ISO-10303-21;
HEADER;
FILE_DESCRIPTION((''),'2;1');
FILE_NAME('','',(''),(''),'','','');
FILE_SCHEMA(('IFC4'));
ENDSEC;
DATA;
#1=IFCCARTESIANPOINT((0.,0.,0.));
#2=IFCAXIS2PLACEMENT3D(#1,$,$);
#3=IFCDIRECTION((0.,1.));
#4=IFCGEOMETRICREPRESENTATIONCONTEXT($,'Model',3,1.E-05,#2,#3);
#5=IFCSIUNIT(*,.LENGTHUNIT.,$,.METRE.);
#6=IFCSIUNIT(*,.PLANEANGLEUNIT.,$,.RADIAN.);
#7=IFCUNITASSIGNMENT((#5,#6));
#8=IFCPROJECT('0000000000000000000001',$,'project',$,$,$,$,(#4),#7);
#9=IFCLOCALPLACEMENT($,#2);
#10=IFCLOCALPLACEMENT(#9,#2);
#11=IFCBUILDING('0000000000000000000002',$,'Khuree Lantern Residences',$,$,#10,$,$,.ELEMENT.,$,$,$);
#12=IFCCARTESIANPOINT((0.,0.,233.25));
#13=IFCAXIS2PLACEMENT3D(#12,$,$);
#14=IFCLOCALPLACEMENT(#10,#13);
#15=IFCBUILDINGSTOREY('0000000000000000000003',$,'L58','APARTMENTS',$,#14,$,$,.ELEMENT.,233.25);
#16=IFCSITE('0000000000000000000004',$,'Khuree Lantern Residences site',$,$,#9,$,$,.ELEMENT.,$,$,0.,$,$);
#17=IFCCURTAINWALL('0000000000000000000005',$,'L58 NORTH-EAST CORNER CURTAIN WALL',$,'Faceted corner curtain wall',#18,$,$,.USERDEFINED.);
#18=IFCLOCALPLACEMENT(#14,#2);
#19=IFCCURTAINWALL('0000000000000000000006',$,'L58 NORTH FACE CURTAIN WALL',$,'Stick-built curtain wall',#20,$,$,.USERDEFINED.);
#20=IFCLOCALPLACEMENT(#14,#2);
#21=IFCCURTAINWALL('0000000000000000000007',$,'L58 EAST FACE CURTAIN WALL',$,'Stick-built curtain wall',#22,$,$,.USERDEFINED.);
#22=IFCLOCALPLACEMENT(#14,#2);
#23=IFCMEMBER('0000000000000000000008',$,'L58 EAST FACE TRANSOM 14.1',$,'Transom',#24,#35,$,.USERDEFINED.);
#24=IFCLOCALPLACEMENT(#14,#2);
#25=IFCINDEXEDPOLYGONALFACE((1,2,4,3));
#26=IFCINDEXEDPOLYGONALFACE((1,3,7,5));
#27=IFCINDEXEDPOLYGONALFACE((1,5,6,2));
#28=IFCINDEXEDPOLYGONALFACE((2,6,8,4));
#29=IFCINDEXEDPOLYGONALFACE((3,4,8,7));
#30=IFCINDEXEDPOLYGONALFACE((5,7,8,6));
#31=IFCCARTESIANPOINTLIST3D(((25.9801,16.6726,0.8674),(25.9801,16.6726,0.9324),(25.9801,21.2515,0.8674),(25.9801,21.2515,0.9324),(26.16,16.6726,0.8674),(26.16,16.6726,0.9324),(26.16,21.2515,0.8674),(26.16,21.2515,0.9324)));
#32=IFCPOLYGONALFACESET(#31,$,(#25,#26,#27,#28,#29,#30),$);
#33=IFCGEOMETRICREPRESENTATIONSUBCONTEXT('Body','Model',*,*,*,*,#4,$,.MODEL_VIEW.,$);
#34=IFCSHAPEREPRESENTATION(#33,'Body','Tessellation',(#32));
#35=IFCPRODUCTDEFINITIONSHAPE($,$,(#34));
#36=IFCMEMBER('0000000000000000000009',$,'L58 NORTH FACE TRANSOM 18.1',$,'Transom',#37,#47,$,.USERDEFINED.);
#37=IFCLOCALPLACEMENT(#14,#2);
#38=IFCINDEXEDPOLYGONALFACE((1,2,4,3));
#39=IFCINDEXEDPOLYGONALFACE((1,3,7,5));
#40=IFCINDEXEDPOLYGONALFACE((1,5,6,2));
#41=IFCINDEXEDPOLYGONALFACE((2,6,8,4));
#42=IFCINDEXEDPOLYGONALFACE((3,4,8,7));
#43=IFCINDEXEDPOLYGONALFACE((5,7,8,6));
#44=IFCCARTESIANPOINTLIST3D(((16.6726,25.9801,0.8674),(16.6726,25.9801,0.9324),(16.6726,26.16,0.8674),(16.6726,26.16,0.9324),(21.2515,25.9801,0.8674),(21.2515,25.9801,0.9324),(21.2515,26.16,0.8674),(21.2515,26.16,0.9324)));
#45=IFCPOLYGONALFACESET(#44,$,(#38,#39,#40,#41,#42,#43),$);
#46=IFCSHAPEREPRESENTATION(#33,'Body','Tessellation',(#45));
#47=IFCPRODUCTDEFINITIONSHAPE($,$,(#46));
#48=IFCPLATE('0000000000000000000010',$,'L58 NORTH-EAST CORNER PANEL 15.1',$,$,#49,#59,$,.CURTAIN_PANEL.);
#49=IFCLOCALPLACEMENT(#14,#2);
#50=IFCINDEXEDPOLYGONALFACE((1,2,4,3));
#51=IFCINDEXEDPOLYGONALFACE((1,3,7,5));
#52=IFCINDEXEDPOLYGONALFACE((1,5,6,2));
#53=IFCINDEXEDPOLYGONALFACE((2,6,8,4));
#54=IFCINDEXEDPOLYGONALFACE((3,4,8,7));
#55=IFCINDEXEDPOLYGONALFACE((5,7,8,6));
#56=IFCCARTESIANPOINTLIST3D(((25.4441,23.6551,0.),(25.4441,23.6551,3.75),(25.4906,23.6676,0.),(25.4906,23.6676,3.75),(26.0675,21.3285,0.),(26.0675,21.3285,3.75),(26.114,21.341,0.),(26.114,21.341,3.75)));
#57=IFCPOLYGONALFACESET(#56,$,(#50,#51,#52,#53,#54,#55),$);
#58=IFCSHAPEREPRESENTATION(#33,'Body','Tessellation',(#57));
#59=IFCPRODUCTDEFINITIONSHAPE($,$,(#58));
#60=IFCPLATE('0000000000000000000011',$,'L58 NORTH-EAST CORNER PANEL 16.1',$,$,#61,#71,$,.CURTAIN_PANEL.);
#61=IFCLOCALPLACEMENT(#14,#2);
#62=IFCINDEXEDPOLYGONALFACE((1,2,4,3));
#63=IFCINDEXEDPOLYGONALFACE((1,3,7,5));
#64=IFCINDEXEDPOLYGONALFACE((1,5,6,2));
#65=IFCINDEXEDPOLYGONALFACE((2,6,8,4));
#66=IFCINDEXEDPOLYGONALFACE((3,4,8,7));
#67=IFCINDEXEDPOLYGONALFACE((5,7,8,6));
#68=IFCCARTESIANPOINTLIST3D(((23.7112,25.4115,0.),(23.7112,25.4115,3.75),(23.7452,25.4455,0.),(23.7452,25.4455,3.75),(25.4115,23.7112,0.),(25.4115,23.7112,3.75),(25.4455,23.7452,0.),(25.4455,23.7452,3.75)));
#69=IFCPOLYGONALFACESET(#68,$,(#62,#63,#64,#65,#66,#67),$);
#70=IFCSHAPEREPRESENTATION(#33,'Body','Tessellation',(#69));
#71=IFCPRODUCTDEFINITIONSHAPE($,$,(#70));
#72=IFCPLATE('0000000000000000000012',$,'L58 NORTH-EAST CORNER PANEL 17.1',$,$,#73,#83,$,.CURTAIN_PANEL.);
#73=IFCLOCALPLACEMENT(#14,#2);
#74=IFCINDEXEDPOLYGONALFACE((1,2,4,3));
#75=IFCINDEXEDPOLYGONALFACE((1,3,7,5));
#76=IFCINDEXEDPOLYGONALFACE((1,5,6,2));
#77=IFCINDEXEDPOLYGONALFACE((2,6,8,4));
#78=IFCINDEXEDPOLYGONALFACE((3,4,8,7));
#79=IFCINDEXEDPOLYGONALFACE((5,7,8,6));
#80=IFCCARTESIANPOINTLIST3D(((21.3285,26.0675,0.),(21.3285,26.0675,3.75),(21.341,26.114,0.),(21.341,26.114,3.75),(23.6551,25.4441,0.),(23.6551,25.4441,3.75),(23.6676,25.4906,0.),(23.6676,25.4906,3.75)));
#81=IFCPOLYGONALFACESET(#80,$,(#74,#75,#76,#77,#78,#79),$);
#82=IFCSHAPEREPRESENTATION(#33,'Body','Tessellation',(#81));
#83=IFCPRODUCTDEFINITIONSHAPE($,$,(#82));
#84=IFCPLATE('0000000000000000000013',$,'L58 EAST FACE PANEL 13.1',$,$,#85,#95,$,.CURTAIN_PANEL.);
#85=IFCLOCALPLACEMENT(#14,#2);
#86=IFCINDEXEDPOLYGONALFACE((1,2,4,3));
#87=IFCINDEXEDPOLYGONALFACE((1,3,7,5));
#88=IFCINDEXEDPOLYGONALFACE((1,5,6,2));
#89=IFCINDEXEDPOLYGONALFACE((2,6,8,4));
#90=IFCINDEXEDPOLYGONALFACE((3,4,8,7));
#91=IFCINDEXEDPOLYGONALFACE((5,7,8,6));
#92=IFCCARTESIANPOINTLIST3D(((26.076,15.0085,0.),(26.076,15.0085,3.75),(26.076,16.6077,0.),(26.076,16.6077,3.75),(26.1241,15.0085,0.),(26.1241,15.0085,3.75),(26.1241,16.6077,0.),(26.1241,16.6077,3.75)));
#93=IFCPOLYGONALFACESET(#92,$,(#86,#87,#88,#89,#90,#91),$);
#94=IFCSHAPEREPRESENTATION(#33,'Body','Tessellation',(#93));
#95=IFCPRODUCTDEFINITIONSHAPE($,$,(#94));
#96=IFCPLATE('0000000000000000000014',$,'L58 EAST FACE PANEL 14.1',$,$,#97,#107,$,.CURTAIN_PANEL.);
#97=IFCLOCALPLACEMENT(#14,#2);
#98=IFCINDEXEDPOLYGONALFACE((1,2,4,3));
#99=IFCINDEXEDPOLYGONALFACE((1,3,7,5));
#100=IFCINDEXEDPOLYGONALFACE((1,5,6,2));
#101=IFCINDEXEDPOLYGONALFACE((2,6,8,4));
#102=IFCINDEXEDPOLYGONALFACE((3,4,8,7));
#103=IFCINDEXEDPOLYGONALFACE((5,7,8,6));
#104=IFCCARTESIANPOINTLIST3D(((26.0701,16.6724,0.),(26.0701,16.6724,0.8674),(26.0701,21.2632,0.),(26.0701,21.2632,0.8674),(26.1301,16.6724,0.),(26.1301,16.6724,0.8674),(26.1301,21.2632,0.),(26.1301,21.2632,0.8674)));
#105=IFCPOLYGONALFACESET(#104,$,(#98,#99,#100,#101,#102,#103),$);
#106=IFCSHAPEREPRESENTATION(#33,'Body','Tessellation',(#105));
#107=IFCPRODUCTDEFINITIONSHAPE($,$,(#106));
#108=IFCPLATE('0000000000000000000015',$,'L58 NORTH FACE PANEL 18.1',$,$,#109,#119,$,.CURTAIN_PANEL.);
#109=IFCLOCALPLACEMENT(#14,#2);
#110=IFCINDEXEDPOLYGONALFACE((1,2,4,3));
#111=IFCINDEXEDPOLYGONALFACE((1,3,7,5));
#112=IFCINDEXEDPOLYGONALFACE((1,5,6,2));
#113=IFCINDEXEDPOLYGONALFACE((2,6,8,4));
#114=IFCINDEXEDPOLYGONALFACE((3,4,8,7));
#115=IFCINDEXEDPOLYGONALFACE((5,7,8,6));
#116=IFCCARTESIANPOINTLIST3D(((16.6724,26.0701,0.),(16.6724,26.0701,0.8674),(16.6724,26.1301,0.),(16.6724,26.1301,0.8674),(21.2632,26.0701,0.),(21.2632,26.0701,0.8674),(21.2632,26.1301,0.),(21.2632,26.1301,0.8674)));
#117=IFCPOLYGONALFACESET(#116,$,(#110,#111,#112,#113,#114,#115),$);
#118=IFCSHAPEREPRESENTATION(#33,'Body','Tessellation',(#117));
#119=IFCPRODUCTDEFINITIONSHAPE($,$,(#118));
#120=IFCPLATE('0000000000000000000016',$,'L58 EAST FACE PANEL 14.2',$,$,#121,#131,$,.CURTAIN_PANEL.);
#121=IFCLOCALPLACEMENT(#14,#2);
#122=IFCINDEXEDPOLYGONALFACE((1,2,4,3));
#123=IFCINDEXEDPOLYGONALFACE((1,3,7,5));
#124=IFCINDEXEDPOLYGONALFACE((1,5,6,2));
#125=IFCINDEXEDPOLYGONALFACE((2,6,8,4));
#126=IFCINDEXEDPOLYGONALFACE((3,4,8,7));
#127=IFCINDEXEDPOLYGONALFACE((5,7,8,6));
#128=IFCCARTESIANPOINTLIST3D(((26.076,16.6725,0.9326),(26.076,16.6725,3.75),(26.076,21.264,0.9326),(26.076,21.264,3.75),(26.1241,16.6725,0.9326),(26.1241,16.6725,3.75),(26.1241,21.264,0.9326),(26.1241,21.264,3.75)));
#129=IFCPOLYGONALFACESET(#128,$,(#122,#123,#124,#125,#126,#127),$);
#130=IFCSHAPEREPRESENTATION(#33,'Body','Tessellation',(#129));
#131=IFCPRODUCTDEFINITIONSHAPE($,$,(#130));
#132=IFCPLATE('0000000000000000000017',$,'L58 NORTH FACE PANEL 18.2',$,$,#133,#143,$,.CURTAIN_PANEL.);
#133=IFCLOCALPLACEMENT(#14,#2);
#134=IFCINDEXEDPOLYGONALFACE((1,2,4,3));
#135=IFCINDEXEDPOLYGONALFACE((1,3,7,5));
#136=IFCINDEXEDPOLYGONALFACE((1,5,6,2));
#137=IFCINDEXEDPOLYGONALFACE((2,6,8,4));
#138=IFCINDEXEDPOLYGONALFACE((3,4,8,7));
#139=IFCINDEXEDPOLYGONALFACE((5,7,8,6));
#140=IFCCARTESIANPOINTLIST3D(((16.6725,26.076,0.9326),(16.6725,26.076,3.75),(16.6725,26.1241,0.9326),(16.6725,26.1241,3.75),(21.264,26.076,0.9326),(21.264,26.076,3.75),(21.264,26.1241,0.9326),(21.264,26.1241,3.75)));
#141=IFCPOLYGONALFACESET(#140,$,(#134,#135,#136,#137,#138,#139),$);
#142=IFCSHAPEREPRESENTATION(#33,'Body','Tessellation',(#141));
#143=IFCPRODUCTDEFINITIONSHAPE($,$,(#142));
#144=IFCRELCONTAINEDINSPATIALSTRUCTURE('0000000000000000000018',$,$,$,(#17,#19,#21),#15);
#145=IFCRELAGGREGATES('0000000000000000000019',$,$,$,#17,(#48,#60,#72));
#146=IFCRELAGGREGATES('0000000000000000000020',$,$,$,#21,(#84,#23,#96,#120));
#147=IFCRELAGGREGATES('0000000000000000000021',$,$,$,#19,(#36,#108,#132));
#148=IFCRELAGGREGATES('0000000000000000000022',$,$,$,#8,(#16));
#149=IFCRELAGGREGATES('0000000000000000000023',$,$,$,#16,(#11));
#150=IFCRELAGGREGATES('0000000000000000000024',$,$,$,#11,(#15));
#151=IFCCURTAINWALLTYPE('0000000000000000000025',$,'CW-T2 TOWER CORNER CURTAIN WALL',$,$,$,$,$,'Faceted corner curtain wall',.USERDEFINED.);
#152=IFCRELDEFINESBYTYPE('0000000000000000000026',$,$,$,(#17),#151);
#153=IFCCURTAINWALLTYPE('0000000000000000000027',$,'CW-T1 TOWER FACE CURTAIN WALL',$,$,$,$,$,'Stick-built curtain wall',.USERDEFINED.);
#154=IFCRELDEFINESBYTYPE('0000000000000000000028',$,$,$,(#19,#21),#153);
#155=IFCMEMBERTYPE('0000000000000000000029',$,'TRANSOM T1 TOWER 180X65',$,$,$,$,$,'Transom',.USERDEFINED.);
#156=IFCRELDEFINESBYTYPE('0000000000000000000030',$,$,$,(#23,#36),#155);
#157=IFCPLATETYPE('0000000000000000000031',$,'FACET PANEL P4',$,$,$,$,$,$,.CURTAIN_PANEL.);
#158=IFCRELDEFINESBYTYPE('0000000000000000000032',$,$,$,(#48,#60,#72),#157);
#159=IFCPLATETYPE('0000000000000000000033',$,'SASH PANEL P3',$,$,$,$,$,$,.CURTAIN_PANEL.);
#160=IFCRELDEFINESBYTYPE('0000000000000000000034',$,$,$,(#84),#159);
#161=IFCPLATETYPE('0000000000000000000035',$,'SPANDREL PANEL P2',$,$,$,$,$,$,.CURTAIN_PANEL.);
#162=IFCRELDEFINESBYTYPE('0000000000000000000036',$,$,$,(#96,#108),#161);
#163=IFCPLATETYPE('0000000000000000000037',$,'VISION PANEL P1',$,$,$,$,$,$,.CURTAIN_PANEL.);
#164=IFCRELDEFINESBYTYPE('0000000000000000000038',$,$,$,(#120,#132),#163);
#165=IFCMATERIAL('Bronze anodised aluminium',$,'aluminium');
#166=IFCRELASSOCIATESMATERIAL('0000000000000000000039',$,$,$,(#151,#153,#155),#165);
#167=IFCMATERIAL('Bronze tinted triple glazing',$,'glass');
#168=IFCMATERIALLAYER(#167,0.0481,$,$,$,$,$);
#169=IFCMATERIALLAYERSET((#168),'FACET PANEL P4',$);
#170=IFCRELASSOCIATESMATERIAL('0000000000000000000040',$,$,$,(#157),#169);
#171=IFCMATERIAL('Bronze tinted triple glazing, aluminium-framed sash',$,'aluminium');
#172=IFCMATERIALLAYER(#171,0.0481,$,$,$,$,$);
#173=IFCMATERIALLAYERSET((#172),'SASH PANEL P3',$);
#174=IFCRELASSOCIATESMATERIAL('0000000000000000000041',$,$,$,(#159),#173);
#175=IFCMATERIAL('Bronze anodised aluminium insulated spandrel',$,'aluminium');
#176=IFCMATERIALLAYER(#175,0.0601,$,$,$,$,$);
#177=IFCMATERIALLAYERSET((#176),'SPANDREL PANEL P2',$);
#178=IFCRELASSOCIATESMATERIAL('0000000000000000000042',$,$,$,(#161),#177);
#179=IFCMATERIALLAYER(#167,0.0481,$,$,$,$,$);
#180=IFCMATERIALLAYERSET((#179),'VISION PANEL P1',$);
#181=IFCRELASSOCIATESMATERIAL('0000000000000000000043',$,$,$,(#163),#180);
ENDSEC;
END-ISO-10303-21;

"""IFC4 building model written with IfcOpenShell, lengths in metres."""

from ifc_helpers import new_model, si_unit, direction, frame, origin, origin_2d, place, context, subcontext, project, spatial, rectangle, extrude, material, layer, layer_set, material_profile, profile_set, type_object, element, aggregate, save


model = new_model("IFC4")

# Units and contexts
model_context = context("Model", 3, precision=1e-05, world=origin(), true_north=direction((0.0, 1.0)))
body_context = subcontext(model_context, "Body", "Model", "MODEL_VIEW")
ifc_project = project(units=[si_unit("LENGTHUNIT", "METRE"), si_unit("PLANEANGLEUNIT", "RADIAN")], contexts=[model_context])

# Site, building, storey
site_placement = place(None, origin())
site = spatial("IfcSite", under=ifc_project, at=site_placement, Name="Khuree Lantern Residences site", CompositionType="ELEMENT", RefElevation=0.0)
building_placement = place(site_placement, origin())
building = spatial("IfcBuilding", under=site, at=building_placement, Name="Khuree Lantern Residences", CompositionType="ELEMENT")
storey_placement = place(building_placement, frame((0.0, 0.0, 233.25)))
storey = spatial("IfcBuildingStorey", under=building, at=storey_placement, Name="L58", Description="APARTMENTS", CompositionType="ELEMENT", Elevation=233.25)

# Curtain walls
ifc_material_1 = material(Name="Bronze anodised aluminium", Category="aluminium")
curtain_wall_type_1 = type_object("IfcCurtainWallType", Name="CW-T2 TOWER CORNER CURTAIN WALL", ElementType="Faceted corner curtain wall", PredefinedType="USERDEFINED", material=ifc_material_1)
curtain_wall_1_placement = place(storey_placement, origin())
curtain_wall_1 = element("IfcCurtainWall", 1, at=curtain_wall_1_placement, inside=storey, type_object=curtain_wall_type_1, Name="L58 NORTH-EAST CORNER CURTAIN WALL", ObjectType="Faceted corner curtain wall", PredefinedType="USERDEFINED")
curtain_wall_type_2 = type_object("IfcCurtainWallType", Name="CW-T1 TOWER FACE CURTAIN WALL", ElementType="Stick-built curtain wall", PredefinedType="USERDEFINED", material=ifc_material_1)
curtain_wall_2_placement = place(storey_placement, origin())
curtain_wall_2 = element("IfcCurtainWall", 2, at=curtain_wall_2_placement, inside=storey, type_object=curtain_wall_type_2, Name="L58 NORTH FACE CURTAIN WALL", ObjectType="Stick-built curtain wall", PredefinedType="USERDEFINED")

# Curtain wall
curtain_wall_3_placement = place(storey_placement, origin())
curtain_wall_3 = element("IfcCurtainWall", 3, at=curtain_wall_3_placement, inside=storey, type_object=curtain_wall_type_2, Name="L58 EAST FACE CURTAIN WALL", ObjectType="Stick-built curtain wall", PredefinedType="USERDEFINED")

# Members
ifc_material_profile_1 = material_profile(ifc_material_1, rectangle(XDim=0.1799, YDim=0.0649, at=origin_2d()), Name="T1 180X65")
ifc_profile_set_1 = profile_set([ifc_material_profile_1], Name="Bronze anodised aluminium")
member_type_1 = type_object("IfcMemberType", Name="TRANSOM T1 TOWER 180X65", ElementType="Transom", PredefinedType="USERDEFINED", material=ifc_profile_set_1)
member_1_placement = place(storey_placement, frame((26.0701, 16.6726, 0.8999), z_axis=(0.0, 1.0, 0.0), x_axis=(-1.0, 0.0, 0.0)))
member_1 = element("IfcMember", 4, at=member_1_placement, type_object=member_type_1, Name="L58 EAST FACE TRANSOM 14.1", ObjectType="Transom", PredefinedType="USERDEFINED", context=body_context, shape_type="SweptSolid", body=[
    extrude(rectangle(XDim=0.1799, YDim=0.0649, at=origin_2d()), origin(), (0.0, 0.0, 1.0), 4.5789),
])
member_2_placement = place(storey_placement, frame((21.2515, 26.0701, 0.8999), z_axis=(-1.0, 0.0, 0.0), x_axis=(0.0, -1.0, 0.0)))
member_2 = element("IfcMember", 5, at=member_2_placement, type_object=member_type_1, Name="L58 NORTH FACE TRANSOM 18.1", ObjectType="Transom", PredefinedType="USERDEFINED", context=body_context, shape_type="SweptSolid", body=[
    extrude(rectangle(XDim=0.1799, YDim=0.0649, at=origin_2d()), origin(), (0.0, 0.0, 1.0), 4.5789),
])

# Plates
ifc_material_2 = material(Name="Bronze tinted triple glazing", Category="glass")
ifc_layer_1 = layer(ifc_material_2, 0.0481)
ifc_layer_set_1 = layer_set([ifc_layer_1], Name="FACET PANEL P4")
plate_type_1 = type_object("IfcPlateType", Name="FACET PANEL P4", PredefinedType="CURTAIN_PANEL", material=ifc_layer_set_1)
plate_1_placement = place(storey_placement, frame((25.7791, 22.498, 0.0), z_axis=(0.0, 0.0, 1.0), x_axis=(-0.258819, 0.965926, 0.0)))
plate_1 = element("IfcPlate", 6, at=plate_1_placement, type_object=plate_type_1, Name="L58 NORTH-EAST CORNER PANEL 15.1", PredefinedType="CURTAIN_PANEL", context=body_context, shape_type="SweptSolid", body=[
    extrude(rectangle(XDim=2.4087, YDim=0.0481, at=origin_2d()), origin(), (0.0, 0.0, 1.0), 3.75),
])
plate_2_placement = place(storey_placement, frame((24.5784, 24.5784, 0.0), z_axis=(0.0, 0.0, 1.0), x_axis=(-0.707107, 0.707107, 0.0)))
plate_2 = element("IfcPlate", 7, at=plate_2_placement, type_object=plate_type_1, Name="L58 NORTH-EAST CORNER PANEL 16.1", PredefinedType="CURTAIN_PANEL", context=body_context, shape_type="SweptSolid", body=[
    extrude(rectangle(XDim=2.4045, YDim=0.0481, at=origin_2d()), origin(), (0.0, 0.0, 1.0), 3.75),
])
plate_3_placement = place(storey_placement, frame((22.498, 25.7791, 0.0), z_axis=(0.0, 0.0, 1.0), x_axis=(-0.965926, 0.258819, 0.0)))
plate_3 = element("IfcPlate", 8, at=plate_3_placement, type_object=plate_type_1, Name="L58 NORTH-EAST CORNER PANEL 17.1", PredefinedType="CURTAIN_PANEL", context=body_context, shape_type="SweptSolid", body=[
    extrude(rectangle(XDim=2.4087, YDim=0.0481, at=origin_2d()), origin(), (0.0, 0.0, 1.0), 3.75),
])
aggregate(curtain_wall_1, [plate_1, plate_2, plate_3])
ifc_material_3 = material(Name="Bronze tinted triple glazing, aluminium-framed sash", Category="aluminium")
ifc_layer_2 = layer(ifc_material_3, 0.0481)
ifc_layer_set_2 = layer_set([ifc_layer_2], Name="SASH PANEL P3")
plate_type_2 = type_object("IfcPlateType", Name="SASH PANEL P3", PredefinedType="CURTAIN_PANEL", material=ifc_layer_set_2)
plate_4_placement = place(storey_placement, frame((26.1001, 15.8081, 0.0), z_axis=(0.0, 0.0, 1.0), x_axis=(0.0, 1.0, 0.0)))
plate_4 = element("IfcPlate", 9, at=plate_4_placement, type_object=plate_type_2, Name="L58 EAST FACE PANEL 13.1", PredefinedType="CURTAIN_PANEL", context=body_context, shape_type="SweptSolid", body=[
    extrude(rectangle(XDim=1.5991, YDim=0.0481, at=origin_2d()), origin(), (0.0, 0.0, 1.0), 3.75),
])
ifc_material_4 = material(Name="Bronze anodised aluminium insulated spandrel", Category="aluminium")
ifc_layer_3 = layer(ifc_material_4, 0.0601)
ifc_layer_set_3 = layer_set([ifc_layer_3], Name="SPANDREL PANEL P2")
plate_type_3 = type_object("IfcPlateType", Name="SPANDREL PANEL P2", PredefinedType="CURTAIN_PANEL", material=ifc_layer_set_3)
plate_5_placement = place(storey_placement, frame((26.1001, 18.9678, 0.0), z_axis=(0.0, 0.0, 1.0), x_axis=(0.0, 1.0, 0.0)))
plate_5 = element("IfcPlate", 10, at=plate_5_placement, type_object=plate_type_3, Name="L58 EAST FACE PANEL 14.1", PredefinedType="CURTAIN_PANEL", context=body_context, shape_type="SweptSolid", body=[
    extrude(rectangle(XDim=4.5908, YDim=0.0601, at=origin_2d()), origin(), (0.0, 0.0, 1.0), 0.8674),
])
plate_6_placement = place(storey_placement, frame((18.9678, 26.1001, 0.0), z_axis=(0.0, 0.0, 1.0), x_axis=(-1.0, 0.0, 0.0)))
plate_6 = element("IfcPlate", 11, at=plate_6_placement, type_object=plate_type_3, Name="L58 NORTH FACE PANEL 18.1", PredefinedType="CURTAIN_PANEL", context=body_context, shape_type="SweptSolid", body=[
    extrude(rectangle(XDim=4.5908, YDim=0.0601, at=origin_2d()), origin(), (0.0, 0.0, 1.0), 0.8674),
])
ifc_layer_4 = layer(ifc_material_2, 0.0481)
ifc_layer_set_4 = layer_set([ifc_layer_4], Name="VISION PANEL P1")
plate_type_4 = type_object("IfcPlateType", Name="VISION PANEL P1", PredefinedType="CURTAIN_PANEL", material=ifc_layer_set_4)
plate_7_placement = place(storey_placement, frame((26.1001, 18.9683, 0.9326), z_axis=(0.0, 0.0, 1.0), x_axis=(0.0, 1.0, 0.0)))
plate_7 = element("IfcPlate", 12, at=plate_7_placement, type_object=plate_type_4, Name="L58 EAST FACE PANEL 14.2", PredefinedType="CURTAIN_PANEL", context=body_context, shape_type="SweptSolid", body=[
    extrude(rectangle(XDim=4.5916, YDim=0.0481, at=origin_2d()), origin(), (0.0, 0.0, 1.0), 2.8174),
])
aggregate(curtain_wall_3, [plate_4, member_1, plate_5, plate_7])
plate_8_placement = place(storey_placement, frame((18.9683, 26.1001, 0.9326), z_axis=(0.0, 0.0, 1.0), x_axis=(-1.0, 0.0, 0.0)))
plate_8 = element("IfcPlate", 13, at=plate_8_placement, type_object=plate_type_4, Name="L58 NORTH FACE PANEL 18.2", PredefinedType="CURTAIN_PANEL", context=body_context, shape_type="SweptSolid", body=[
    extrude(rectangle(XDim=4.5916, YDim=0.0481, at=origin_2d()), origin(), (0.0, 0.0, 1.0), 2.8174),
])
aggregate(curtain_wall_2, [member_2, plate_6, plate_8])

save(model, "model.ifc")
